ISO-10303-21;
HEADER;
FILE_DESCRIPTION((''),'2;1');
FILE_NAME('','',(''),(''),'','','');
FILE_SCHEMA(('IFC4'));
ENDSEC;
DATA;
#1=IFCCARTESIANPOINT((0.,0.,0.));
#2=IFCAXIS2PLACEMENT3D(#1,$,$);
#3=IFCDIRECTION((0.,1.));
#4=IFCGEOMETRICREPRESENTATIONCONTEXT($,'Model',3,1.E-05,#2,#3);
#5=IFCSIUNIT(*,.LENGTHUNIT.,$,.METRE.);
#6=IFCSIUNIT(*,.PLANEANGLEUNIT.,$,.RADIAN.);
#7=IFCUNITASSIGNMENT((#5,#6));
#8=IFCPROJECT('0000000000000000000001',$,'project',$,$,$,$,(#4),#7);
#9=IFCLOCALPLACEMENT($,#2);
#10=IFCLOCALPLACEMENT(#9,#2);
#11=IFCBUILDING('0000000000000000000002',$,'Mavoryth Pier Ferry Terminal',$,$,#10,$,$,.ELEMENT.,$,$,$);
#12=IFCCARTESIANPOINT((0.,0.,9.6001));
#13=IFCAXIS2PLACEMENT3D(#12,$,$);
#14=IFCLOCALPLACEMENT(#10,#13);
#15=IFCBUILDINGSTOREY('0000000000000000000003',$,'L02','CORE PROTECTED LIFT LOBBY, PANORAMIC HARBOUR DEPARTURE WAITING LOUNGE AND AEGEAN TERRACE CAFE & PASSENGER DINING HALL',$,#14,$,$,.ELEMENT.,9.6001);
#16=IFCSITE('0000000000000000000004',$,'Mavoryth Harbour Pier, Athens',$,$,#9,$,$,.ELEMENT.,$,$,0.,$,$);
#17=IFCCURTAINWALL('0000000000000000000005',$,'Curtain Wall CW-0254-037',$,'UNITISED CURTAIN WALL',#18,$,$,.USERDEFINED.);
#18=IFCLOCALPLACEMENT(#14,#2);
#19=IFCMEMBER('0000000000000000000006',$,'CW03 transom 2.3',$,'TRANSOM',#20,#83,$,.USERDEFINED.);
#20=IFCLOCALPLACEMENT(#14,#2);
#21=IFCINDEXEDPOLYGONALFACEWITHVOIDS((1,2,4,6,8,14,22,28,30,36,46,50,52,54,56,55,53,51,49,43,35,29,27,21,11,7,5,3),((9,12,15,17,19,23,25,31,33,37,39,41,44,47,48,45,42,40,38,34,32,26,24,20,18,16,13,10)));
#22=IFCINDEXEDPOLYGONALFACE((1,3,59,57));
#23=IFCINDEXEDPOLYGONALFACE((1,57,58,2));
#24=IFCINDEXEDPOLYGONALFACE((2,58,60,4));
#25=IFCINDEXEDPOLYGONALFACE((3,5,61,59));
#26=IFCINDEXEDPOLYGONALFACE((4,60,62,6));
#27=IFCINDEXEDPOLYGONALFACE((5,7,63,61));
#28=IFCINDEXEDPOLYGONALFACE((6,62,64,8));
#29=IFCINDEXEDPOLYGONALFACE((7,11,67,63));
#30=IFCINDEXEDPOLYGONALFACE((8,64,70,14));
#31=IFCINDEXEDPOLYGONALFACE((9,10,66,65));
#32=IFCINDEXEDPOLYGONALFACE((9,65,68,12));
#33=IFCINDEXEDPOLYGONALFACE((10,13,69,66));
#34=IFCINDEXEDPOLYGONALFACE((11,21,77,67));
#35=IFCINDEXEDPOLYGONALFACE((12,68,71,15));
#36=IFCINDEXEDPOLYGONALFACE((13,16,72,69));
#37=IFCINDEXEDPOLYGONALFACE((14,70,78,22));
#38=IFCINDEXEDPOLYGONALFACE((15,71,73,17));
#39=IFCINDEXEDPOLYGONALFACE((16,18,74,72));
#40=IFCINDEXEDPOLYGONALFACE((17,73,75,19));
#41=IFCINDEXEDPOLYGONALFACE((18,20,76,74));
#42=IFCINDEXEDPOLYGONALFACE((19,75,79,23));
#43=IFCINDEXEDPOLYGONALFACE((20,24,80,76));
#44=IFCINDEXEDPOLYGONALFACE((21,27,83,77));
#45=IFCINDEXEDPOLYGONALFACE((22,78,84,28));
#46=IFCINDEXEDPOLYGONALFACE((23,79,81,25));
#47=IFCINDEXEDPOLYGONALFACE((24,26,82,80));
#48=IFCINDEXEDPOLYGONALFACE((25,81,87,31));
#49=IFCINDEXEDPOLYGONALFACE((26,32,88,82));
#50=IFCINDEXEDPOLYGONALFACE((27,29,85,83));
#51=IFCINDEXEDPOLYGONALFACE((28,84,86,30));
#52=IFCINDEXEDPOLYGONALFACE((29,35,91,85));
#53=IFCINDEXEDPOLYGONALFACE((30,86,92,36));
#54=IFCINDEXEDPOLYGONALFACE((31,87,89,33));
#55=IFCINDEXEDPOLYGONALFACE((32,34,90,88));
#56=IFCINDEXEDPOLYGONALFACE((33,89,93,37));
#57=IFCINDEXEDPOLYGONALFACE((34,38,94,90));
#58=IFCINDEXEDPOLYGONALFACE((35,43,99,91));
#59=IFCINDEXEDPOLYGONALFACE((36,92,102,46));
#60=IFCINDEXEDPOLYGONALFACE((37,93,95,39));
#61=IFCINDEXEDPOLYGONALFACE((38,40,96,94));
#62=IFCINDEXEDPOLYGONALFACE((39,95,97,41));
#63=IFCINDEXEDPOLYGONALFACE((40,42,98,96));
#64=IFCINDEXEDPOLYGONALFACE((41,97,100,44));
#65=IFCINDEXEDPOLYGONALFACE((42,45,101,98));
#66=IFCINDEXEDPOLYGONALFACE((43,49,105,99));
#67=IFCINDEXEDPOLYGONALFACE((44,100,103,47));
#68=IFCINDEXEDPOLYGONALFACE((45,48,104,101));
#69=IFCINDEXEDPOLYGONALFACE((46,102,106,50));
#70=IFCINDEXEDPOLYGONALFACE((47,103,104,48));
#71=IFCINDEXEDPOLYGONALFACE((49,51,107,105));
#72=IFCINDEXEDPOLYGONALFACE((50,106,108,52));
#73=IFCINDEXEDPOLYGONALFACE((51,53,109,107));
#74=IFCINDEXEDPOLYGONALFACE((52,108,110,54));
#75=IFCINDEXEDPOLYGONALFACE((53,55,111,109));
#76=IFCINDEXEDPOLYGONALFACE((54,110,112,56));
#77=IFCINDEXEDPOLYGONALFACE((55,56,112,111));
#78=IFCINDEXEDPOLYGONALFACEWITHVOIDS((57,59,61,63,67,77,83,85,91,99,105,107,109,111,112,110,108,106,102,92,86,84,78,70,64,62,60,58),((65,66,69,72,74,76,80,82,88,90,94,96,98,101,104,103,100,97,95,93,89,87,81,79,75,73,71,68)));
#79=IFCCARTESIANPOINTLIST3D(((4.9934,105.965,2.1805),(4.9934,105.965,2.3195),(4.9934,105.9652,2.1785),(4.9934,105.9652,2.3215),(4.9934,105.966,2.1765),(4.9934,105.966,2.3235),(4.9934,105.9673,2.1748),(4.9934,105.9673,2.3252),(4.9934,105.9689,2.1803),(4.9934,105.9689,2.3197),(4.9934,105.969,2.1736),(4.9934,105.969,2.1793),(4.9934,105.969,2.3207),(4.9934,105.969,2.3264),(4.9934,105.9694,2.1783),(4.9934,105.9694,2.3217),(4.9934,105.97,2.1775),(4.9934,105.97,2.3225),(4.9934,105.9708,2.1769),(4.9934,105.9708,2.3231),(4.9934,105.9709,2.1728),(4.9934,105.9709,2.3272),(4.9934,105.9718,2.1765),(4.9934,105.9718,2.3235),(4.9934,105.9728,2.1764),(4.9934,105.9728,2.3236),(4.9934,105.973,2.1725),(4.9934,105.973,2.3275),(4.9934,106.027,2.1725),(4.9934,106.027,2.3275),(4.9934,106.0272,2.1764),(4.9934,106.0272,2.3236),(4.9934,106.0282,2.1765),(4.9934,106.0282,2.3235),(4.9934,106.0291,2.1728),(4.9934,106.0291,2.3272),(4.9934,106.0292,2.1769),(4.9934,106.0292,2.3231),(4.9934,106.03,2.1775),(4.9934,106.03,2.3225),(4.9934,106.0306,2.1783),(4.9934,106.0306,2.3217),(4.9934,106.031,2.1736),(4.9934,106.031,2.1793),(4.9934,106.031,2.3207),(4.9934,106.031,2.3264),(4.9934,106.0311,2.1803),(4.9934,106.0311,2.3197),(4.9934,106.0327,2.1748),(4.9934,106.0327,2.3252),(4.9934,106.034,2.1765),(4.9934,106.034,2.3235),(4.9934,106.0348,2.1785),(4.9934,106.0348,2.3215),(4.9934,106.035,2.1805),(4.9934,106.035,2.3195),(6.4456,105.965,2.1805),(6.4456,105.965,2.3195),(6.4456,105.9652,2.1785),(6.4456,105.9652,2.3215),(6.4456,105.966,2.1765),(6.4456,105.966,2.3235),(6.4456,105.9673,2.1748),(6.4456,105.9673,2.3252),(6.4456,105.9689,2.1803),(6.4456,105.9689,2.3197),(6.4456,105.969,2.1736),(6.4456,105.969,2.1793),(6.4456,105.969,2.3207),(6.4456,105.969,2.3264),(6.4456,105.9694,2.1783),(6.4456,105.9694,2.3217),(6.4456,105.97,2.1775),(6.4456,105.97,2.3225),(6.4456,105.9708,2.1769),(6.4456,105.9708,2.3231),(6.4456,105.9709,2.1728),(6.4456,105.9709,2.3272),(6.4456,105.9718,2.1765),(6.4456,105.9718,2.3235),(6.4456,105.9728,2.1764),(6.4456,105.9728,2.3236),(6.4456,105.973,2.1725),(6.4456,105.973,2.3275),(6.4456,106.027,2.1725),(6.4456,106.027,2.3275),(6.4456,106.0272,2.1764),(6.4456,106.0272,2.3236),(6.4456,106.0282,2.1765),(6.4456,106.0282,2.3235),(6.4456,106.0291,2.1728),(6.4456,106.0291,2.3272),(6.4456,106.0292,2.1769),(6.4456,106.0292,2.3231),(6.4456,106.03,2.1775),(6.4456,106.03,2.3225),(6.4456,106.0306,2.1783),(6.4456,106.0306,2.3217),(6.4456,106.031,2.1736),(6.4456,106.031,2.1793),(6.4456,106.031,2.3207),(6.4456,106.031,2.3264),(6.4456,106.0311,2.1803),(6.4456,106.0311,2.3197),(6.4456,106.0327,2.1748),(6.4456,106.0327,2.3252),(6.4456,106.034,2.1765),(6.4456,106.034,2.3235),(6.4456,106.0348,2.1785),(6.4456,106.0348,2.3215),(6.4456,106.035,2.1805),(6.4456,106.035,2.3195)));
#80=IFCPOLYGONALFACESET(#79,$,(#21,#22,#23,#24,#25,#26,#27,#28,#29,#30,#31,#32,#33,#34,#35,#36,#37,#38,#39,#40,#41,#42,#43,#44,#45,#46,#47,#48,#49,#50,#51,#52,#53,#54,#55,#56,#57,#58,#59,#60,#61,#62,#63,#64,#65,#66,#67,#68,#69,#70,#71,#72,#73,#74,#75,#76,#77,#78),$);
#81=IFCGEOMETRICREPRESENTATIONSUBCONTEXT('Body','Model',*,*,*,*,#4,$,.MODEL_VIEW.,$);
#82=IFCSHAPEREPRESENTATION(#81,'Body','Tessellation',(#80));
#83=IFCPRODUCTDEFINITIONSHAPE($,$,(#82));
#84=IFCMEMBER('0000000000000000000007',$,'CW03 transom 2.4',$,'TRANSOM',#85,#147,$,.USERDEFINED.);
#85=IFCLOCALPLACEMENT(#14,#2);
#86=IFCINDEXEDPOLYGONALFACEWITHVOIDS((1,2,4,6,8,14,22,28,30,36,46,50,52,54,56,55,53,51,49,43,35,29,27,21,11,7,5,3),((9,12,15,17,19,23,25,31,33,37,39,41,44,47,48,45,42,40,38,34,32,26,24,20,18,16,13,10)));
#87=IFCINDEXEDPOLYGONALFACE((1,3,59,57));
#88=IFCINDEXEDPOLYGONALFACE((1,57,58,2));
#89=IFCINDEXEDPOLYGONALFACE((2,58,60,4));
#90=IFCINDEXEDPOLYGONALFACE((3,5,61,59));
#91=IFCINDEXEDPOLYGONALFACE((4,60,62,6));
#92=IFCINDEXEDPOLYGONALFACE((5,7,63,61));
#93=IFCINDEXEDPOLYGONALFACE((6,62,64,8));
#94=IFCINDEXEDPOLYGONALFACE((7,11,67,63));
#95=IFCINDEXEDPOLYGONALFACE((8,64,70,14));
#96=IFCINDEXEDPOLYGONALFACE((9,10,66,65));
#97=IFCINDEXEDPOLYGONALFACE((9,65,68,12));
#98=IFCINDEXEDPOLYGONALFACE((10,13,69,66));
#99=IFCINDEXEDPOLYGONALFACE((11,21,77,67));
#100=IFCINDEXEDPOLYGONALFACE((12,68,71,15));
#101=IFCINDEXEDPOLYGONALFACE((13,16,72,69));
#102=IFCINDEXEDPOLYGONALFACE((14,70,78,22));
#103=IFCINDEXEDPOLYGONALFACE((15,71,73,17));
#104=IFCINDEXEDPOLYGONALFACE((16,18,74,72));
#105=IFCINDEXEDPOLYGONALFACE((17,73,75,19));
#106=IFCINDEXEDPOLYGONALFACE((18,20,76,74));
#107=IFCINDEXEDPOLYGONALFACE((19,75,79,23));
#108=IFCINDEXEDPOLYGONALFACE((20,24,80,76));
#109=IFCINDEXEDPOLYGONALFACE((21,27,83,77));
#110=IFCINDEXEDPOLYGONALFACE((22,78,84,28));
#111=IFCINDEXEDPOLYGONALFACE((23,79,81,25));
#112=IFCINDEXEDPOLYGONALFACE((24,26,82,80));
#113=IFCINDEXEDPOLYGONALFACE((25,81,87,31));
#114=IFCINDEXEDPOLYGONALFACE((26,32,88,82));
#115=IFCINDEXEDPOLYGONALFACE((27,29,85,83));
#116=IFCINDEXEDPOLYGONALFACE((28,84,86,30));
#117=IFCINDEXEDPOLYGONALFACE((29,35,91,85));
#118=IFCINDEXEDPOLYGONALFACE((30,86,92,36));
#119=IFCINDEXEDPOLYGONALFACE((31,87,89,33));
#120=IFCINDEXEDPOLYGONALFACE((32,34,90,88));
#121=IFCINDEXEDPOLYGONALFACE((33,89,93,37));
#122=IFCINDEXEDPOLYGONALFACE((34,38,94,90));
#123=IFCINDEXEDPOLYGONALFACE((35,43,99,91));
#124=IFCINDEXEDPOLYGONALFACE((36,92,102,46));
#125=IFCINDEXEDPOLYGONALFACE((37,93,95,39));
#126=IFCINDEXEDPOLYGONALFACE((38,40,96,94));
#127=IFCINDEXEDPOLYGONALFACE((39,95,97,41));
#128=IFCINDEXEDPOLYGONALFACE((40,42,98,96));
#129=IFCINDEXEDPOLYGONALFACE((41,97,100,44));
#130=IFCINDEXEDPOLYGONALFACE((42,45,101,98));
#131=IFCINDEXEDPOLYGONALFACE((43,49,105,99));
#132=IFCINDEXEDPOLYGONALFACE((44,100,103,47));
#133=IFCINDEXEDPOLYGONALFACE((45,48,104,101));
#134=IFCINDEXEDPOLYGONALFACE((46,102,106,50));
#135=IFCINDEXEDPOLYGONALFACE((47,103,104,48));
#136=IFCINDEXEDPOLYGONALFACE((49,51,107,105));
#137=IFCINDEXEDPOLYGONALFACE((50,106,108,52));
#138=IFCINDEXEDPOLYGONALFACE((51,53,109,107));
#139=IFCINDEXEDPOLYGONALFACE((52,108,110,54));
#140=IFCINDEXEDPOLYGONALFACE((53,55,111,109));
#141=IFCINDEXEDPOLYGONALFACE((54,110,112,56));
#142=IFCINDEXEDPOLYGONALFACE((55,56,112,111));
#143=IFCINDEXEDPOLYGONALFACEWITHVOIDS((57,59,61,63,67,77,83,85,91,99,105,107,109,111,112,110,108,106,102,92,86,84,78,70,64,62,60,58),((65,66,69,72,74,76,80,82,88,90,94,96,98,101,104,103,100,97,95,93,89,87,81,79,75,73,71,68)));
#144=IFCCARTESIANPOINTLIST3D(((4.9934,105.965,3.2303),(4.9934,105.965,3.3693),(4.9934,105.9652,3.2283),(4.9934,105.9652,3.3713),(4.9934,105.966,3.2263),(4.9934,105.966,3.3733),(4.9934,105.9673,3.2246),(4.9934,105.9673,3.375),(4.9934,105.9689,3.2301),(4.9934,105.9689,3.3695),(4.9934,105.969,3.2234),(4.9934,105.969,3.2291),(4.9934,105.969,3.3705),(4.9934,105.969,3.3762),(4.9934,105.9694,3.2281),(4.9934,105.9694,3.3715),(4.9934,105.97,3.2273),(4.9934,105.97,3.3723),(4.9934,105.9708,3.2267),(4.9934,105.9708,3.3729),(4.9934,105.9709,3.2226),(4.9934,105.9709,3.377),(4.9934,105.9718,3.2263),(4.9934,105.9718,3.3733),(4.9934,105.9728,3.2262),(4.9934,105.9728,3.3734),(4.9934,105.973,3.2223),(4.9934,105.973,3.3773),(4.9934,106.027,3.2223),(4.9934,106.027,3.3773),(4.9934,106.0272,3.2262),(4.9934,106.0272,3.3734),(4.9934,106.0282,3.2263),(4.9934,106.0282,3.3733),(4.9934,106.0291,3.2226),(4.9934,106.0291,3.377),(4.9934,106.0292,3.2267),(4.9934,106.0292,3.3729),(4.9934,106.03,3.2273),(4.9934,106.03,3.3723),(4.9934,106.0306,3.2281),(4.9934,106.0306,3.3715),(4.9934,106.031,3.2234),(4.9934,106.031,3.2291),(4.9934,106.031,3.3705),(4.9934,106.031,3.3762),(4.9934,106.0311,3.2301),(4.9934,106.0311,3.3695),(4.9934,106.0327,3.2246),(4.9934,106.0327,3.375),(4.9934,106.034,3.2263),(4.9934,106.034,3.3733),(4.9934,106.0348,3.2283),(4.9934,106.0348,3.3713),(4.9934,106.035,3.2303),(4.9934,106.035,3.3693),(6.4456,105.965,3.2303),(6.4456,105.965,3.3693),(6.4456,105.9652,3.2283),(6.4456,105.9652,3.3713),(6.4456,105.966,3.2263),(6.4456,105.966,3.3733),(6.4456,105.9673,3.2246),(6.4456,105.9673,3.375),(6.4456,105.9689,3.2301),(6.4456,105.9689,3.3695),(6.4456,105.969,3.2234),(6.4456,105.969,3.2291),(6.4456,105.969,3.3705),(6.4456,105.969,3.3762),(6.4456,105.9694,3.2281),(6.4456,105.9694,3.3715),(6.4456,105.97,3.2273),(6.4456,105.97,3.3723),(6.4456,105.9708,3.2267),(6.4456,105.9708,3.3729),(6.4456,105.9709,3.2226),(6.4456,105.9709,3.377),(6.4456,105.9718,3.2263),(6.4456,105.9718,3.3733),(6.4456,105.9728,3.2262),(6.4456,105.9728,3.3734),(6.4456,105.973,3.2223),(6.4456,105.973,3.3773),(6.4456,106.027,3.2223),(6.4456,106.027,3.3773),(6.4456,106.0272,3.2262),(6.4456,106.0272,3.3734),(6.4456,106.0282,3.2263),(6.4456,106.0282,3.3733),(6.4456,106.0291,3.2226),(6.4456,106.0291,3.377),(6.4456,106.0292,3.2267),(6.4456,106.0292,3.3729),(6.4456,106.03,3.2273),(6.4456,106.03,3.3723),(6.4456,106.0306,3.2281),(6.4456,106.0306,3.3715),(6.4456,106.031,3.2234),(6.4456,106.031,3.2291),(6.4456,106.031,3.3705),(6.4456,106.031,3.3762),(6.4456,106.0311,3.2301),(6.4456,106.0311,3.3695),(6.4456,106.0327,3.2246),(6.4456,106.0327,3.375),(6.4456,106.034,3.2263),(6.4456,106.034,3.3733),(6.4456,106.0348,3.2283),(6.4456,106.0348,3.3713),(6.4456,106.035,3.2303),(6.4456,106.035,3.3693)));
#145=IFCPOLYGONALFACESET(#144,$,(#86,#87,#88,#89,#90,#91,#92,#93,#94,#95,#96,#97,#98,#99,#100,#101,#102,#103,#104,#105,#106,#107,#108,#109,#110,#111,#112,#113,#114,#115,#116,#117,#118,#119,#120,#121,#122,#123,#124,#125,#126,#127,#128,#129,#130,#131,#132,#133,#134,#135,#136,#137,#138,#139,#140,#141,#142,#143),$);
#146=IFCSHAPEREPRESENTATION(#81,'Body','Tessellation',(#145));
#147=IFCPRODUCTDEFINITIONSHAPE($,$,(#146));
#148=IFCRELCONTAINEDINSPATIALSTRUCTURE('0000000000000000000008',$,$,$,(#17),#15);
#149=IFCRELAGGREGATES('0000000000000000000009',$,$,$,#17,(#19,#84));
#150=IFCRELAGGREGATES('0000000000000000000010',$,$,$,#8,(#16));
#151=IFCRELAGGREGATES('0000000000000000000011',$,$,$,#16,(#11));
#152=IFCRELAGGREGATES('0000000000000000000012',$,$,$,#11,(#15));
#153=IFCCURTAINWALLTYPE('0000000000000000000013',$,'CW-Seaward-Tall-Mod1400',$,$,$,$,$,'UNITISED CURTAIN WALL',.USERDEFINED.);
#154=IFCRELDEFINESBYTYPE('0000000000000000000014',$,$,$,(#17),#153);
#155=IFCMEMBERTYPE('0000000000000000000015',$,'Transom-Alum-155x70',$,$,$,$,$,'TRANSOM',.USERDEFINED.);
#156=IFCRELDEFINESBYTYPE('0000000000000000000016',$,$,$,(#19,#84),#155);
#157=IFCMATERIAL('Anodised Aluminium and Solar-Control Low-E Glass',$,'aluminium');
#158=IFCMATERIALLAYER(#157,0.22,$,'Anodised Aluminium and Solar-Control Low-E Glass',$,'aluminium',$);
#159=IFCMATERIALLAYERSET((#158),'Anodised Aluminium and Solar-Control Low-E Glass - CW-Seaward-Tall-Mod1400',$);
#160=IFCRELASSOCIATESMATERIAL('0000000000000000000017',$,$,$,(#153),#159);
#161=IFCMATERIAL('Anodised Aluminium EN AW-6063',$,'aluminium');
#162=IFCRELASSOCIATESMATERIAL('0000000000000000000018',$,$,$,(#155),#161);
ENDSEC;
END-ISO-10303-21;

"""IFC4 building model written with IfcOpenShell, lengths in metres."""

from ifc_helpers import new_model, si_unit, direction, frame, origin, origin_2d, place, context, subcontext, project, spatial, hollow_rectangle, extrude, material, layer, layer_set, material_profile, profile_set, type_object, element, aggregate, save


model = new_model("IFC4")

# Units and contexts
model_context = context("Model", 3, precision=1e-05, world=origin(), true_north=direction((0.0, 1.0)))
body_context = subcontext(model_context, "Body", "Model", "MODEL_VIEW")
ifc_project = project(units=[si_unit("LENGTHUNIT", "METRE"), si_unit("PLANEANGLEUNIT", "RADIAN")], contexts=[model_context])

# Site, building, storey
site_placement = place(None, origin())
site = spatial("IfcSite", under=ifc_project, at=site_placement, Name="Mavoryth Harbour Pier, Athens", CompositionType="ELEMENT", RefElevation=0.0)
building_placement = place(site_placement, origin())
building = spatial("IfcBuilding", under=site, at=building_placement, Name="Mavoryth Pier Ferry Terminal", CompositionType="ELEMENT")
storey_placement = place(building_placement, frame((0.0, 0.0, 9.6001)))
storey = spatial("IfcBuildingStorey", under=building, at=storey_placement, Name="L02", Description="CORE PROTECTED LIFT LOBBY, PANORAMIC HARBOUR DEPARTURE WAITING LOUNGE AND AEGEAN TERRACE CAFE & PASSENGER DINING HALL", CompositionType="ELEMENT", Elevation=9.6001)

# Curtain wall, members
ifc_material_1 = material(Name="Anodised Aluminium and Solar-Control Low-E Glass", Category="aluminium")
ifc_layer_1 = layer(ifc_material_1, 0.22, Name="Anodised Aluminium and Solar-Control Low-E Glass", Category="aluminium")
ifc_layer_set_1 = layer_set([ifc_layer_1], Name="Anodised Aluminium and Solar-Control Low-E Glass - CW-Seaward-Tall-Mod1400")
curtain_wall_type = type_object("IfcCurtainWallType", Name="CW-Seaward-Tall-Mod1400", ElementType="UNITISED CURTAIN WALL", PredefinedType="USERDEFINED", material=ifc_layer_set_1)
curtain_wall_placement = place(storey_placement, origin())
curtain_wall = element("IfcCurtainWall", 1, at=curtain_wall_placement, inside=storey, type_object=curtain_wall_type, Name="Curtain Wall CW-0254-037", ObjectType="UNITISED CURTAIN WALL", PredefinedType="USERDEFINED")
ifc_material_2 = material(Name="Anodised Aluminium EN AW-6063", Category="aluminium")
ifc_material_profile_1 = material_profile(ifc_material_2, hollow_rectangle(XDim=0.0701, YDim=0.155, WallThickness=0.0039, InnerFilletRadius=0.0039, OuterFilletRadius=0.0081, at=origin_2d()), Name="AL-TRAN 155x70x4", Category="aluminium")
ifc_profile_set_1 = profile_set([ifc_material_profile_1], Name="Anodised Aluminium EN AW-6063 - AL-TRAN 155x70x4")
member_type_1 = type_object("IfcMemberType", Name="Transom-Alum-155x70", ElementType="TRANSOM", PredefinedType="USERDEFINED", material=ifc_profile_set_1)
member_1_placement = place(storey_placement, frame((6.4456, 106.0, 2.25), z_axis=(-1.0, 0.0, 0.0), x_axis=(0.0, -1.0, 0.0)))
member_1 = element("IfcMember", 2, at=member_1_placement, type_object=member_type_1, Name="CW03 transom 2.3", ObjectType="TRANSOM", PredefinedType="USERDEFINED", context=body_context, shape_type="SweptSolid", body=[
    extrude(hollow_rectangle(XDim=0.0701, YDim=0.155, WallThickness=0.0039, InnerFilletRadius=0.0039, OuterFilletRadius=0.0081, at=origin_2d()), origin(), (0.0, 0.0, 1.0), 1.4521),
])
member_2_placement = place(storey_placement, frame((6.4456, 106.0, 3.2998), z_axis=(-1.0, 0.0, 0.0), x_axis=(0.0, -1.0, 0.0)))
member_2 = element("IfcMember", 3, at=member_2_placement, type_object=member_type_1, Name="CW03 transom 2.4", ObjectType="TRANSOM", PredefinedType="USERDEFINED", context=body_context, shape_type="SweptSolid", body=[
    extrude(hollow_rectangle(XDim=0.0701, YDim=0.155, WallThickness=0.0039, InnerFilletRadius=0.0039, OuterFilletRadius=0.0081, at=origin_2d()), origin(), (0.0, 0.0, 1.0), 1.4521),
])
aggregate(curtain_wall, [member_1, member_2])

save(model, "model.ifc")
